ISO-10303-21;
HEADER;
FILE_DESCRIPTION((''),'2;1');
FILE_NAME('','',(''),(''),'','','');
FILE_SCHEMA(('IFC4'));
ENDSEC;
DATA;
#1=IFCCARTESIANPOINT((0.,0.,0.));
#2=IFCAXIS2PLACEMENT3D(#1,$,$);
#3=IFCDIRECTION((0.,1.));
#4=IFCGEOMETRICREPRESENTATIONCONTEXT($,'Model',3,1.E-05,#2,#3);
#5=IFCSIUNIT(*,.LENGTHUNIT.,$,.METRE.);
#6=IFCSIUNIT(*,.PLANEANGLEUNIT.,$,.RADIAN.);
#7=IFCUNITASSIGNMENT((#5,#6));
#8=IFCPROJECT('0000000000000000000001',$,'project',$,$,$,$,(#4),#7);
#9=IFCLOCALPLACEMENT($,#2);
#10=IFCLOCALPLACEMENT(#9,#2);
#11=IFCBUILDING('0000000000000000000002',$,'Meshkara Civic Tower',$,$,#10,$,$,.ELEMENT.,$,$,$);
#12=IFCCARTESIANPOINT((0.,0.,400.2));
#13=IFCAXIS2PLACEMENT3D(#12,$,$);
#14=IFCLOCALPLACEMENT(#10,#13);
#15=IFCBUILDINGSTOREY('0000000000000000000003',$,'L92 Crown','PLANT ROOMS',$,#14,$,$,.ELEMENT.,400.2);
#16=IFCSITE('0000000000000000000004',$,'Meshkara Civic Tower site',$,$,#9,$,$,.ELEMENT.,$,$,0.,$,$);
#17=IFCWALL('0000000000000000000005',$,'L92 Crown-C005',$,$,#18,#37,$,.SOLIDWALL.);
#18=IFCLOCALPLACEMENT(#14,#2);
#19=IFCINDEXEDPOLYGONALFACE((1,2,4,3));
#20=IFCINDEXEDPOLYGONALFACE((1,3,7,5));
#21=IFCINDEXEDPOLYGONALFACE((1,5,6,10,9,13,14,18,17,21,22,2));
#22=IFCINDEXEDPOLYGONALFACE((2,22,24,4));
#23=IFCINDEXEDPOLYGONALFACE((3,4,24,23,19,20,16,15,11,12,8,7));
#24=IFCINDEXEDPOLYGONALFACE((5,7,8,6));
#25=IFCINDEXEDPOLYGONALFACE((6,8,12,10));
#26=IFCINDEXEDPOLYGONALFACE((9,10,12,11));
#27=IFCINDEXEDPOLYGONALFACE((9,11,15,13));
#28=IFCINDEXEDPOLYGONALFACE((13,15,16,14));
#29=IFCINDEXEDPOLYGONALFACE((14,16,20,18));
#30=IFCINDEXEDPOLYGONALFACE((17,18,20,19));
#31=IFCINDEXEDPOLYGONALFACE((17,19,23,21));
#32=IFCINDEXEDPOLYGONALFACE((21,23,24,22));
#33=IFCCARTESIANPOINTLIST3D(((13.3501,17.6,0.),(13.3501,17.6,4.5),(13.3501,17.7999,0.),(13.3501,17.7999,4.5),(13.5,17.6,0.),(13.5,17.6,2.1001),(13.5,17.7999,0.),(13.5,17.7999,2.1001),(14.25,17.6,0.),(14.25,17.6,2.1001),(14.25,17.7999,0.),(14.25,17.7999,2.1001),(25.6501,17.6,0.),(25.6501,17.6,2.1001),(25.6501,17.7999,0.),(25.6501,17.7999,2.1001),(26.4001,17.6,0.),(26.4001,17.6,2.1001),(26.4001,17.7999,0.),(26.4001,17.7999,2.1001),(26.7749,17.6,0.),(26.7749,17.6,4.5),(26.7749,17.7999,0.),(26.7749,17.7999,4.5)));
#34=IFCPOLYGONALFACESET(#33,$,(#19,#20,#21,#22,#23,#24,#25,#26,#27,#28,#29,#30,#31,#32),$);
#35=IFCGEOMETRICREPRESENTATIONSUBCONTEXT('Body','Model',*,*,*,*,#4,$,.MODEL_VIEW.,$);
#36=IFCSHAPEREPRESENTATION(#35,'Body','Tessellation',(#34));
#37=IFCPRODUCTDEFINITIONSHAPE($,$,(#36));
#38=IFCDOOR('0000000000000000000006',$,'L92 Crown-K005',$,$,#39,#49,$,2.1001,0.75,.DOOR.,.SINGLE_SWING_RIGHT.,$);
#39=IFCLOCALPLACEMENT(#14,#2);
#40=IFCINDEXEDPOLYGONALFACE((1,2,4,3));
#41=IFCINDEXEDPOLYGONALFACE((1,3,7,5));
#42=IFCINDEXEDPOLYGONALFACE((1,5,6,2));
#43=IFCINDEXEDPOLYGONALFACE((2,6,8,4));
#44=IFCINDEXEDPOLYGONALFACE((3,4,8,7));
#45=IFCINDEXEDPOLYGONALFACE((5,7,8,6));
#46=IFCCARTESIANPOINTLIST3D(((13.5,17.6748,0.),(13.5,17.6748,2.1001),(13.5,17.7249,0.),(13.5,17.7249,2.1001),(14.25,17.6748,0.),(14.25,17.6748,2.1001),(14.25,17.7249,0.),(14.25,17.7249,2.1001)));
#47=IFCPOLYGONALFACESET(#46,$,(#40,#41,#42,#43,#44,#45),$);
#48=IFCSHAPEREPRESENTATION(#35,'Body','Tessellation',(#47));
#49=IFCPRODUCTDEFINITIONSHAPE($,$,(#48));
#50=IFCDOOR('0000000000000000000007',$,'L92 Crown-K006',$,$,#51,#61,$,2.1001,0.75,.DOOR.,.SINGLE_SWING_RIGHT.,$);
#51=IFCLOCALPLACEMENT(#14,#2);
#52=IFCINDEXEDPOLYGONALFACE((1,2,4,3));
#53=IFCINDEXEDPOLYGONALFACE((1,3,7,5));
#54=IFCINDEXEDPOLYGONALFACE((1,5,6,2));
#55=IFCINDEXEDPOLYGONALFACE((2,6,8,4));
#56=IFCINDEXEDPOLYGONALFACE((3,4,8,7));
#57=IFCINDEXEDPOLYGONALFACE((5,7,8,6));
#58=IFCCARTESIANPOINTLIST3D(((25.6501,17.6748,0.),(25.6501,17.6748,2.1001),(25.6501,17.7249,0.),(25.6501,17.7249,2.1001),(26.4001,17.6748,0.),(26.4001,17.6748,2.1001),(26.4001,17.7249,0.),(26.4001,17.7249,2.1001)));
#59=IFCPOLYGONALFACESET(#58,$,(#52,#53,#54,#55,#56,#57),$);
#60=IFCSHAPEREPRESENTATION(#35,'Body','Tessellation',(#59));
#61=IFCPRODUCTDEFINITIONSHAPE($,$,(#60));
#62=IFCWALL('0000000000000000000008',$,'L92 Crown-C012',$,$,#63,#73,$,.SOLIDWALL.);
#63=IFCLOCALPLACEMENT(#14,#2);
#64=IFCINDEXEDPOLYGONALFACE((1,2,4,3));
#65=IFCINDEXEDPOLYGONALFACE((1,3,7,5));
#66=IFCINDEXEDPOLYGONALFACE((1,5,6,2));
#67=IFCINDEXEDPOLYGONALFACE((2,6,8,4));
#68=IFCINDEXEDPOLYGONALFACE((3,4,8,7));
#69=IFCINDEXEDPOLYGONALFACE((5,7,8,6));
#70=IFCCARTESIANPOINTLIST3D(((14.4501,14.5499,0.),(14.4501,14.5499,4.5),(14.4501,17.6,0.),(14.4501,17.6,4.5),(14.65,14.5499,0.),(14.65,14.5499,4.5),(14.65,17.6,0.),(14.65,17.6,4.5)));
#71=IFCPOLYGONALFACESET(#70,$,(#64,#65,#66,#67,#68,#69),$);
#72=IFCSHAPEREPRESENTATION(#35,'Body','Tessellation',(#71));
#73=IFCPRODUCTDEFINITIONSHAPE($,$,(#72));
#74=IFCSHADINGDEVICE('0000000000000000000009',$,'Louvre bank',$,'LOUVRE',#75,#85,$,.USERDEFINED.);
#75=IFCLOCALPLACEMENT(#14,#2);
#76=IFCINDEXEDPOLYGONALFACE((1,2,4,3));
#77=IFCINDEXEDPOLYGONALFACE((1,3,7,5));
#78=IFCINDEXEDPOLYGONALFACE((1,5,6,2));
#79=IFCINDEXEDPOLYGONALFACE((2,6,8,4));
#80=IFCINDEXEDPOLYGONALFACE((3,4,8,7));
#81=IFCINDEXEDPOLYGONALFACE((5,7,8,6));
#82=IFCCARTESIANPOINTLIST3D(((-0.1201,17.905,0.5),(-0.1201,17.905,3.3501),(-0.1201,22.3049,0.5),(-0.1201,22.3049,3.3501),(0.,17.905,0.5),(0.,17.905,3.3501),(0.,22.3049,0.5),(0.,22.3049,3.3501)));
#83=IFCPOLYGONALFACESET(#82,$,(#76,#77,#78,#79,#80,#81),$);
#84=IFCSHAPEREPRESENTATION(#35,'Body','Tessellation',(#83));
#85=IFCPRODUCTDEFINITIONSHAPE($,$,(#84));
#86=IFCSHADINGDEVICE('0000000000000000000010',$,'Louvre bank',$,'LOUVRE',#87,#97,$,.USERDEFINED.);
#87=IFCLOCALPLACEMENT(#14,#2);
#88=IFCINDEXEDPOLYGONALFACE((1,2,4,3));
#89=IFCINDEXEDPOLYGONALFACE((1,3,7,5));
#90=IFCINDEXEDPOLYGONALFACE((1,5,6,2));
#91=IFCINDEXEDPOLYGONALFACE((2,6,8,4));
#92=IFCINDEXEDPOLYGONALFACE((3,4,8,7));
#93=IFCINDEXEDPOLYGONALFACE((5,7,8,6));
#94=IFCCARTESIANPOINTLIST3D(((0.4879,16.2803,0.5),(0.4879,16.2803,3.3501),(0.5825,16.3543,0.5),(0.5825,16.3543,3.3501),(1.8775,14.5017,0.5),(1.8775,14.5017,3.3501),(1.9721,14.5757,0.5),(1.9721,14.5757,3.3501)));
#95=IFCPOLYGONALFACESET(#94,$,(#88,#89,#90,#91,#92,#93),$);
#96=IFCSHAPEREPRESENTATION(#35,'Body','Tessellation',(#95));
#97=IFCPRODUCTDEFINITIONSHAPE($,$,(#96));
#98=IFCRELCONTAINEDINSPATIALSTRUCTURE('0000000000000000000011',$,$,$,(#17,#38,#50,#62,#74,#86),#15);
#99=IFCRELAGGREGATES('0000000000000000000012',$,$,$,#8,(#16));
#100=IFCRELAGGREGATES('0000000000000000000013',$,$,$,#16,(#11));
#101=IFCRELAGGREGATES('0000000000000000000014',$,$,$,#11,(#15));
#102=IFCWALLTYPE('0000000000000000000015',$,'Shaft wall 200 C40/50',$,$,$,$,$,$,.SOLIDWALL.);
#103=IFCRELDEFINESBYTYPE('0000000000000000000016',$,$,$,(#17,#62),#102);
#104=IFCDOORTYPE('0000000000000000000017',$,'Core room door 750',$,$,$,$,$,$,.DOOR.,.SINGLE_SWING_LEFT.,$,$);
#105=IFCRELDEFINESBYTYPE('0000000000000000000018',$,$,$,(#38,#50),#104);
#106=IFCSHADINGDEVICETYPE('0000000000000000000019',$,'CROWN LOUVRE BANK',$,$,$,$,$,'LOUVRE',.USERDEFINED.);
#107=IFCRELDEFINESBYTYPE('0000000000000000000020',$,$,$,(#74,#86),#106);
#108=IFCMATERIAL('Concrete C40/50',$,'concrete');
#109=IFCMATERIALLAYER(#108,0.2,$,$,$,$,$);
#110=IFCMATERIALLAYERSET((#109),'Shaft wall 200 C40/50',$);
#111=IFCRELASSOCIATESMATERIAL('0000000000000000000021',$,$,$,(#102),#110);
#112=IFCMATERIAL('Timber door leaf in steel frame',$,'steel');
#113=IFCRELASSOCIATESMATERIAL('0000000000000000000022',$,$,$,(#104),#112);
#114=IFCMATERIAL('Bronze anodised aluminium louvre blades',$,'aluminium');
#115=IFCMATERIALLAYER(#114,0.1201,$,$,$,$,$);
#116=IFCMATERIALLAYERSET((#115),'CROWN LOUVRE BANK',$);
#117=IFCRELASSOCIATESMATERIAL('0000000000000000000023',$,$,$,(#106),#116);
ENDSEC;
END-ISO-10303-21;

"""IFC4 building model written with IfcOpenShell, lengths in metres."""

from ifc_helpers import new_model, si_unit, direction, frame, frame_2d, origin, origin_2d, place, context, subcontext, project, spatial, rectangle, extrude, material, layer, layer_set, type_object, element, fill, save


model = new_model("IFC4")

# Units and contexts
model_context = context("Model", 3, precision=1e-05, world=origin(), true_north=direction((0.0, 1.0)))
body_context = subcontext(model_context, "Body", "Model", "MODEL_VIEW")
ifc_project = project(units=[si_unit("LENGTHUNIT", "METRE"), si_unit("PLANEANGLEUNIT", "RADIAN")], contexts=[model_context])

# Site, building, storey
site_placement = place(None, origin())
site = spatial("IfcSite", under=ifc_project, at=site_placement, Name="Meshkara Civic Tower site", CompositionType="ELEMENT", RefElevation=0.0)
building_placement = place(site_placement, origin())
building = spatial("IfcBuilding", under=site, at=building_placement, Name="Meshkara Civic Tower", CompositionType="ELEMENT")
storey_placement = place(building_placement, frame((0.0, 0.0, 400.2)))
storey = spatial("IfcBuildingStorey", under=building, at=storey_placement, Name="L92 Crown", Description="PLANT ROOMS", CompositionType="ELEMENT", Elevation=400.2)

# Wall, openings, doors
ifc_material_1 = material(Name="Concrete C40/50", Category="concrete")
ifc_layer_1 = layer(ifc_material_1, 0.2)
ifc_layer_set_1 = layer_set([ifc_layer_1], Name="Shaft wall 200 C40/50")
wall_type_1 = type_object("IfcWallType", Name="Shaft wall 200 C40/50", PredefinedType="SOLIDWALL", material=ifc_layer_set_1)
wall_1_placement = place(storey_placement, frame((13.3501, 17.7, 0.0), z_axis=(0.0, 0.0, 1.0), x_axis=(1.0, 0.0, 0.0)))
wall_1 = element("IfcWall", 1, at=wall_1_placement, inside=storey, type_object=wall_type_1, Name="L92 Crown-C005", PredefinedType="SOLIDWALL", context=body_context, shape_type="SweptSolid", body=[
    extrude(rectangle(XDim=13.4248, YDim=0.2, at=frame_2d((6.7124, 0.0))), origin(), (0.0, 0.0, 1.0), 4.5),
])
opening_1_placement = place(wall_1_placement, frame((0.1499, 0.0, 0.0)))
opening_1 = element("IfcOpeningElement", 2, at=opening_1_placement, cuts=wall_1, PredefinedType="OPENING", context=body_context, shape_type="SweptSolid", body=[
    extrude(rectangle(XDim=0.75, YDim=2.1001, at=frame_2d((0.375, 1.05))), frame((0.0, 0.1099, 0.0), z_axis=(0.0, -1.0, 0.0), x_axis=(1.0, 0.0, 0.0)), (0.0, 0.0, 1.0), 0.22),
])
opening_2_placement = place(wall_1_placement, frame((12.3, 0.0, 0.0)))
opening_2 = element("IfcOpeningElement", 3, at=opening_2_placement, cuts=wall_1, PredefinedType="OPENING", context=body_context, shape_type="SweptSolid", body=[
    extrude(rectangle(XDim=0.75, YDim=2.1001, at=frame_2d((0.375, 1.05))), frame((0.0, 0.1099, 0.0), z_axis=(0.0, -1.0, 0.0), x_axis=(1.0, 0.0, 0.0)), (0.0, 0.0, 1.0), 0.22),
])
ifc_material_2 = material(Name="Timber door leaf in steel frame", Category="steel")
door_type_1 = type_object("IfcDoorType", Name="Core room door 750", OperationType="SINGLE_SWING_LEFT", PredefinedType="DOOR", material=ifc_material_2)
door_1_placement = place(opening_1_placement, origin())
door_1 = element("IfcDoor", 4, at=door_1_placement, inside=storey, type_object=door_type_1, Name="L92 Crown-K005", OperationType="SINGLE_SWING_RIGHT", OverallHeight=2.1001, OverallWidth=0.75, PredefinedType="DOOR", context=body_context, shape_type="SweptSolid", body=[
    extrude(rectangle(XDim=0.75, YDim=2.1001, at=frame_2d((0.375, 1.05))), frame((0.0, 0.0249, 0.0), z_axis=(0.0, -1.0, 0.0), x_axis=(1.0, 0.0, 0.0)), (0.0, 0.0, 1.0), 0.05),
])
fill(opening_1, door_1)
door_2_placement = place(opening_2_placement, origin())
door_2 = element("IfcDoor", 5, at=door_2_placement, inside=storey, type_object=door_type_1, Name="L92 Crown-K006", OperationType="SINGLE_SWING_RIGHT", OverallHeight=2.1001, OverallWidth=0.75, PredefinedType="DOOR", context=body_context, shape_type="SweptSolid", body=[
    extrude(rectangle(XDim=0.75, YDim=2.1001, at=frame_2d((0.375, 1.05))), frame((0.0, 0.0249, 0.0), z_axis=(0.0, -1.0, 0.0), x_axis=(1.0, 0.0, 0.0)), (0.0, 0.0, 1.0), 0.05),
])
fill(opening_2, door_2)

# Wall
wall_2_placement = place(storey_placement, frame((14.55, 14.55, 0.0), z_axis=(0.0, 0.0, 1.0), x_axis=(0.0, 1.0, 0.0)))
element("IfcWall", 6, at=wall_2_placement, inside=storey, type_object=wall_type_1, Name="L92 Crown-C012", PredefinedType="SOLIDWALL", context=body_context, shape_type="SweptSolid", body=[
    extrude(rectangle(XDim=3.05, YDim=0.2, at=frame_2d((1.5249, 0.0))), origin(), (0.0, 0.0, 1.0), 4.5),
])

# Shading devices
ifc_material_3 = material(Name="Bronze anodised aluminium louvre blades", Category="aluminium")
ifc_layer_2 = layer(ifc_material_3, 0.1201)
ifc_layer_set_2 = layer_set([ifc_layer_2], Name="CROWN LOUVRE BANK")
shading_device_type = type_object("IfcShadingDeviceType", Name="CROWN LOUVRE BANK", ElementType="LOUVRE", PredefinedType="USERDEFINED", material=ifc_layer_set_2)
shading_device_1_placement = place(storey_placement, frame((-0.0601, 20.105, 0.5), z_axis=(0.0, 0.0, 1.0), x_axis=(0.0, -1.0, 0.0)))
element("IfcShadingDevice", 7, at=shading_device_1_placement, inside=storey, type_object=shading_device_type, Name="Louvre bank", ObjectType="LOUVRE", PredefinedType="USERDEFINED", context=body_context, shape_type="SweptSolid", body=[
    extrude(rectangle(XDim=4.3999, YDim=0.1201, at=origin_2d()), origin(), (0.0, 0.0, 1.0), 2.8501),
])
shading_device_2_placement = place(storey_placement, frame((1.23, 15.428, 0.5), z_axis=(0.0, 0.0, 1.0), x_axis=(0.615661, -0.788011, 0.0)))
element("IfcShadingDevice", 8, at=shading_device_2_placement, inside=storey, type_object=shading_device_type, Name="Louvre bank", ObjectType="LOUVRE", PredefinedType="USERDEFINED", context=body_context, shape_type="SweptSolid", body=[
    extrude(rectangle(XDim=2.2571, YDim=0.1201, at=origin_2d()), origin(), (0.0, 0.0, 1.0), 2.8501),
])

save(model, "model.ifc")
